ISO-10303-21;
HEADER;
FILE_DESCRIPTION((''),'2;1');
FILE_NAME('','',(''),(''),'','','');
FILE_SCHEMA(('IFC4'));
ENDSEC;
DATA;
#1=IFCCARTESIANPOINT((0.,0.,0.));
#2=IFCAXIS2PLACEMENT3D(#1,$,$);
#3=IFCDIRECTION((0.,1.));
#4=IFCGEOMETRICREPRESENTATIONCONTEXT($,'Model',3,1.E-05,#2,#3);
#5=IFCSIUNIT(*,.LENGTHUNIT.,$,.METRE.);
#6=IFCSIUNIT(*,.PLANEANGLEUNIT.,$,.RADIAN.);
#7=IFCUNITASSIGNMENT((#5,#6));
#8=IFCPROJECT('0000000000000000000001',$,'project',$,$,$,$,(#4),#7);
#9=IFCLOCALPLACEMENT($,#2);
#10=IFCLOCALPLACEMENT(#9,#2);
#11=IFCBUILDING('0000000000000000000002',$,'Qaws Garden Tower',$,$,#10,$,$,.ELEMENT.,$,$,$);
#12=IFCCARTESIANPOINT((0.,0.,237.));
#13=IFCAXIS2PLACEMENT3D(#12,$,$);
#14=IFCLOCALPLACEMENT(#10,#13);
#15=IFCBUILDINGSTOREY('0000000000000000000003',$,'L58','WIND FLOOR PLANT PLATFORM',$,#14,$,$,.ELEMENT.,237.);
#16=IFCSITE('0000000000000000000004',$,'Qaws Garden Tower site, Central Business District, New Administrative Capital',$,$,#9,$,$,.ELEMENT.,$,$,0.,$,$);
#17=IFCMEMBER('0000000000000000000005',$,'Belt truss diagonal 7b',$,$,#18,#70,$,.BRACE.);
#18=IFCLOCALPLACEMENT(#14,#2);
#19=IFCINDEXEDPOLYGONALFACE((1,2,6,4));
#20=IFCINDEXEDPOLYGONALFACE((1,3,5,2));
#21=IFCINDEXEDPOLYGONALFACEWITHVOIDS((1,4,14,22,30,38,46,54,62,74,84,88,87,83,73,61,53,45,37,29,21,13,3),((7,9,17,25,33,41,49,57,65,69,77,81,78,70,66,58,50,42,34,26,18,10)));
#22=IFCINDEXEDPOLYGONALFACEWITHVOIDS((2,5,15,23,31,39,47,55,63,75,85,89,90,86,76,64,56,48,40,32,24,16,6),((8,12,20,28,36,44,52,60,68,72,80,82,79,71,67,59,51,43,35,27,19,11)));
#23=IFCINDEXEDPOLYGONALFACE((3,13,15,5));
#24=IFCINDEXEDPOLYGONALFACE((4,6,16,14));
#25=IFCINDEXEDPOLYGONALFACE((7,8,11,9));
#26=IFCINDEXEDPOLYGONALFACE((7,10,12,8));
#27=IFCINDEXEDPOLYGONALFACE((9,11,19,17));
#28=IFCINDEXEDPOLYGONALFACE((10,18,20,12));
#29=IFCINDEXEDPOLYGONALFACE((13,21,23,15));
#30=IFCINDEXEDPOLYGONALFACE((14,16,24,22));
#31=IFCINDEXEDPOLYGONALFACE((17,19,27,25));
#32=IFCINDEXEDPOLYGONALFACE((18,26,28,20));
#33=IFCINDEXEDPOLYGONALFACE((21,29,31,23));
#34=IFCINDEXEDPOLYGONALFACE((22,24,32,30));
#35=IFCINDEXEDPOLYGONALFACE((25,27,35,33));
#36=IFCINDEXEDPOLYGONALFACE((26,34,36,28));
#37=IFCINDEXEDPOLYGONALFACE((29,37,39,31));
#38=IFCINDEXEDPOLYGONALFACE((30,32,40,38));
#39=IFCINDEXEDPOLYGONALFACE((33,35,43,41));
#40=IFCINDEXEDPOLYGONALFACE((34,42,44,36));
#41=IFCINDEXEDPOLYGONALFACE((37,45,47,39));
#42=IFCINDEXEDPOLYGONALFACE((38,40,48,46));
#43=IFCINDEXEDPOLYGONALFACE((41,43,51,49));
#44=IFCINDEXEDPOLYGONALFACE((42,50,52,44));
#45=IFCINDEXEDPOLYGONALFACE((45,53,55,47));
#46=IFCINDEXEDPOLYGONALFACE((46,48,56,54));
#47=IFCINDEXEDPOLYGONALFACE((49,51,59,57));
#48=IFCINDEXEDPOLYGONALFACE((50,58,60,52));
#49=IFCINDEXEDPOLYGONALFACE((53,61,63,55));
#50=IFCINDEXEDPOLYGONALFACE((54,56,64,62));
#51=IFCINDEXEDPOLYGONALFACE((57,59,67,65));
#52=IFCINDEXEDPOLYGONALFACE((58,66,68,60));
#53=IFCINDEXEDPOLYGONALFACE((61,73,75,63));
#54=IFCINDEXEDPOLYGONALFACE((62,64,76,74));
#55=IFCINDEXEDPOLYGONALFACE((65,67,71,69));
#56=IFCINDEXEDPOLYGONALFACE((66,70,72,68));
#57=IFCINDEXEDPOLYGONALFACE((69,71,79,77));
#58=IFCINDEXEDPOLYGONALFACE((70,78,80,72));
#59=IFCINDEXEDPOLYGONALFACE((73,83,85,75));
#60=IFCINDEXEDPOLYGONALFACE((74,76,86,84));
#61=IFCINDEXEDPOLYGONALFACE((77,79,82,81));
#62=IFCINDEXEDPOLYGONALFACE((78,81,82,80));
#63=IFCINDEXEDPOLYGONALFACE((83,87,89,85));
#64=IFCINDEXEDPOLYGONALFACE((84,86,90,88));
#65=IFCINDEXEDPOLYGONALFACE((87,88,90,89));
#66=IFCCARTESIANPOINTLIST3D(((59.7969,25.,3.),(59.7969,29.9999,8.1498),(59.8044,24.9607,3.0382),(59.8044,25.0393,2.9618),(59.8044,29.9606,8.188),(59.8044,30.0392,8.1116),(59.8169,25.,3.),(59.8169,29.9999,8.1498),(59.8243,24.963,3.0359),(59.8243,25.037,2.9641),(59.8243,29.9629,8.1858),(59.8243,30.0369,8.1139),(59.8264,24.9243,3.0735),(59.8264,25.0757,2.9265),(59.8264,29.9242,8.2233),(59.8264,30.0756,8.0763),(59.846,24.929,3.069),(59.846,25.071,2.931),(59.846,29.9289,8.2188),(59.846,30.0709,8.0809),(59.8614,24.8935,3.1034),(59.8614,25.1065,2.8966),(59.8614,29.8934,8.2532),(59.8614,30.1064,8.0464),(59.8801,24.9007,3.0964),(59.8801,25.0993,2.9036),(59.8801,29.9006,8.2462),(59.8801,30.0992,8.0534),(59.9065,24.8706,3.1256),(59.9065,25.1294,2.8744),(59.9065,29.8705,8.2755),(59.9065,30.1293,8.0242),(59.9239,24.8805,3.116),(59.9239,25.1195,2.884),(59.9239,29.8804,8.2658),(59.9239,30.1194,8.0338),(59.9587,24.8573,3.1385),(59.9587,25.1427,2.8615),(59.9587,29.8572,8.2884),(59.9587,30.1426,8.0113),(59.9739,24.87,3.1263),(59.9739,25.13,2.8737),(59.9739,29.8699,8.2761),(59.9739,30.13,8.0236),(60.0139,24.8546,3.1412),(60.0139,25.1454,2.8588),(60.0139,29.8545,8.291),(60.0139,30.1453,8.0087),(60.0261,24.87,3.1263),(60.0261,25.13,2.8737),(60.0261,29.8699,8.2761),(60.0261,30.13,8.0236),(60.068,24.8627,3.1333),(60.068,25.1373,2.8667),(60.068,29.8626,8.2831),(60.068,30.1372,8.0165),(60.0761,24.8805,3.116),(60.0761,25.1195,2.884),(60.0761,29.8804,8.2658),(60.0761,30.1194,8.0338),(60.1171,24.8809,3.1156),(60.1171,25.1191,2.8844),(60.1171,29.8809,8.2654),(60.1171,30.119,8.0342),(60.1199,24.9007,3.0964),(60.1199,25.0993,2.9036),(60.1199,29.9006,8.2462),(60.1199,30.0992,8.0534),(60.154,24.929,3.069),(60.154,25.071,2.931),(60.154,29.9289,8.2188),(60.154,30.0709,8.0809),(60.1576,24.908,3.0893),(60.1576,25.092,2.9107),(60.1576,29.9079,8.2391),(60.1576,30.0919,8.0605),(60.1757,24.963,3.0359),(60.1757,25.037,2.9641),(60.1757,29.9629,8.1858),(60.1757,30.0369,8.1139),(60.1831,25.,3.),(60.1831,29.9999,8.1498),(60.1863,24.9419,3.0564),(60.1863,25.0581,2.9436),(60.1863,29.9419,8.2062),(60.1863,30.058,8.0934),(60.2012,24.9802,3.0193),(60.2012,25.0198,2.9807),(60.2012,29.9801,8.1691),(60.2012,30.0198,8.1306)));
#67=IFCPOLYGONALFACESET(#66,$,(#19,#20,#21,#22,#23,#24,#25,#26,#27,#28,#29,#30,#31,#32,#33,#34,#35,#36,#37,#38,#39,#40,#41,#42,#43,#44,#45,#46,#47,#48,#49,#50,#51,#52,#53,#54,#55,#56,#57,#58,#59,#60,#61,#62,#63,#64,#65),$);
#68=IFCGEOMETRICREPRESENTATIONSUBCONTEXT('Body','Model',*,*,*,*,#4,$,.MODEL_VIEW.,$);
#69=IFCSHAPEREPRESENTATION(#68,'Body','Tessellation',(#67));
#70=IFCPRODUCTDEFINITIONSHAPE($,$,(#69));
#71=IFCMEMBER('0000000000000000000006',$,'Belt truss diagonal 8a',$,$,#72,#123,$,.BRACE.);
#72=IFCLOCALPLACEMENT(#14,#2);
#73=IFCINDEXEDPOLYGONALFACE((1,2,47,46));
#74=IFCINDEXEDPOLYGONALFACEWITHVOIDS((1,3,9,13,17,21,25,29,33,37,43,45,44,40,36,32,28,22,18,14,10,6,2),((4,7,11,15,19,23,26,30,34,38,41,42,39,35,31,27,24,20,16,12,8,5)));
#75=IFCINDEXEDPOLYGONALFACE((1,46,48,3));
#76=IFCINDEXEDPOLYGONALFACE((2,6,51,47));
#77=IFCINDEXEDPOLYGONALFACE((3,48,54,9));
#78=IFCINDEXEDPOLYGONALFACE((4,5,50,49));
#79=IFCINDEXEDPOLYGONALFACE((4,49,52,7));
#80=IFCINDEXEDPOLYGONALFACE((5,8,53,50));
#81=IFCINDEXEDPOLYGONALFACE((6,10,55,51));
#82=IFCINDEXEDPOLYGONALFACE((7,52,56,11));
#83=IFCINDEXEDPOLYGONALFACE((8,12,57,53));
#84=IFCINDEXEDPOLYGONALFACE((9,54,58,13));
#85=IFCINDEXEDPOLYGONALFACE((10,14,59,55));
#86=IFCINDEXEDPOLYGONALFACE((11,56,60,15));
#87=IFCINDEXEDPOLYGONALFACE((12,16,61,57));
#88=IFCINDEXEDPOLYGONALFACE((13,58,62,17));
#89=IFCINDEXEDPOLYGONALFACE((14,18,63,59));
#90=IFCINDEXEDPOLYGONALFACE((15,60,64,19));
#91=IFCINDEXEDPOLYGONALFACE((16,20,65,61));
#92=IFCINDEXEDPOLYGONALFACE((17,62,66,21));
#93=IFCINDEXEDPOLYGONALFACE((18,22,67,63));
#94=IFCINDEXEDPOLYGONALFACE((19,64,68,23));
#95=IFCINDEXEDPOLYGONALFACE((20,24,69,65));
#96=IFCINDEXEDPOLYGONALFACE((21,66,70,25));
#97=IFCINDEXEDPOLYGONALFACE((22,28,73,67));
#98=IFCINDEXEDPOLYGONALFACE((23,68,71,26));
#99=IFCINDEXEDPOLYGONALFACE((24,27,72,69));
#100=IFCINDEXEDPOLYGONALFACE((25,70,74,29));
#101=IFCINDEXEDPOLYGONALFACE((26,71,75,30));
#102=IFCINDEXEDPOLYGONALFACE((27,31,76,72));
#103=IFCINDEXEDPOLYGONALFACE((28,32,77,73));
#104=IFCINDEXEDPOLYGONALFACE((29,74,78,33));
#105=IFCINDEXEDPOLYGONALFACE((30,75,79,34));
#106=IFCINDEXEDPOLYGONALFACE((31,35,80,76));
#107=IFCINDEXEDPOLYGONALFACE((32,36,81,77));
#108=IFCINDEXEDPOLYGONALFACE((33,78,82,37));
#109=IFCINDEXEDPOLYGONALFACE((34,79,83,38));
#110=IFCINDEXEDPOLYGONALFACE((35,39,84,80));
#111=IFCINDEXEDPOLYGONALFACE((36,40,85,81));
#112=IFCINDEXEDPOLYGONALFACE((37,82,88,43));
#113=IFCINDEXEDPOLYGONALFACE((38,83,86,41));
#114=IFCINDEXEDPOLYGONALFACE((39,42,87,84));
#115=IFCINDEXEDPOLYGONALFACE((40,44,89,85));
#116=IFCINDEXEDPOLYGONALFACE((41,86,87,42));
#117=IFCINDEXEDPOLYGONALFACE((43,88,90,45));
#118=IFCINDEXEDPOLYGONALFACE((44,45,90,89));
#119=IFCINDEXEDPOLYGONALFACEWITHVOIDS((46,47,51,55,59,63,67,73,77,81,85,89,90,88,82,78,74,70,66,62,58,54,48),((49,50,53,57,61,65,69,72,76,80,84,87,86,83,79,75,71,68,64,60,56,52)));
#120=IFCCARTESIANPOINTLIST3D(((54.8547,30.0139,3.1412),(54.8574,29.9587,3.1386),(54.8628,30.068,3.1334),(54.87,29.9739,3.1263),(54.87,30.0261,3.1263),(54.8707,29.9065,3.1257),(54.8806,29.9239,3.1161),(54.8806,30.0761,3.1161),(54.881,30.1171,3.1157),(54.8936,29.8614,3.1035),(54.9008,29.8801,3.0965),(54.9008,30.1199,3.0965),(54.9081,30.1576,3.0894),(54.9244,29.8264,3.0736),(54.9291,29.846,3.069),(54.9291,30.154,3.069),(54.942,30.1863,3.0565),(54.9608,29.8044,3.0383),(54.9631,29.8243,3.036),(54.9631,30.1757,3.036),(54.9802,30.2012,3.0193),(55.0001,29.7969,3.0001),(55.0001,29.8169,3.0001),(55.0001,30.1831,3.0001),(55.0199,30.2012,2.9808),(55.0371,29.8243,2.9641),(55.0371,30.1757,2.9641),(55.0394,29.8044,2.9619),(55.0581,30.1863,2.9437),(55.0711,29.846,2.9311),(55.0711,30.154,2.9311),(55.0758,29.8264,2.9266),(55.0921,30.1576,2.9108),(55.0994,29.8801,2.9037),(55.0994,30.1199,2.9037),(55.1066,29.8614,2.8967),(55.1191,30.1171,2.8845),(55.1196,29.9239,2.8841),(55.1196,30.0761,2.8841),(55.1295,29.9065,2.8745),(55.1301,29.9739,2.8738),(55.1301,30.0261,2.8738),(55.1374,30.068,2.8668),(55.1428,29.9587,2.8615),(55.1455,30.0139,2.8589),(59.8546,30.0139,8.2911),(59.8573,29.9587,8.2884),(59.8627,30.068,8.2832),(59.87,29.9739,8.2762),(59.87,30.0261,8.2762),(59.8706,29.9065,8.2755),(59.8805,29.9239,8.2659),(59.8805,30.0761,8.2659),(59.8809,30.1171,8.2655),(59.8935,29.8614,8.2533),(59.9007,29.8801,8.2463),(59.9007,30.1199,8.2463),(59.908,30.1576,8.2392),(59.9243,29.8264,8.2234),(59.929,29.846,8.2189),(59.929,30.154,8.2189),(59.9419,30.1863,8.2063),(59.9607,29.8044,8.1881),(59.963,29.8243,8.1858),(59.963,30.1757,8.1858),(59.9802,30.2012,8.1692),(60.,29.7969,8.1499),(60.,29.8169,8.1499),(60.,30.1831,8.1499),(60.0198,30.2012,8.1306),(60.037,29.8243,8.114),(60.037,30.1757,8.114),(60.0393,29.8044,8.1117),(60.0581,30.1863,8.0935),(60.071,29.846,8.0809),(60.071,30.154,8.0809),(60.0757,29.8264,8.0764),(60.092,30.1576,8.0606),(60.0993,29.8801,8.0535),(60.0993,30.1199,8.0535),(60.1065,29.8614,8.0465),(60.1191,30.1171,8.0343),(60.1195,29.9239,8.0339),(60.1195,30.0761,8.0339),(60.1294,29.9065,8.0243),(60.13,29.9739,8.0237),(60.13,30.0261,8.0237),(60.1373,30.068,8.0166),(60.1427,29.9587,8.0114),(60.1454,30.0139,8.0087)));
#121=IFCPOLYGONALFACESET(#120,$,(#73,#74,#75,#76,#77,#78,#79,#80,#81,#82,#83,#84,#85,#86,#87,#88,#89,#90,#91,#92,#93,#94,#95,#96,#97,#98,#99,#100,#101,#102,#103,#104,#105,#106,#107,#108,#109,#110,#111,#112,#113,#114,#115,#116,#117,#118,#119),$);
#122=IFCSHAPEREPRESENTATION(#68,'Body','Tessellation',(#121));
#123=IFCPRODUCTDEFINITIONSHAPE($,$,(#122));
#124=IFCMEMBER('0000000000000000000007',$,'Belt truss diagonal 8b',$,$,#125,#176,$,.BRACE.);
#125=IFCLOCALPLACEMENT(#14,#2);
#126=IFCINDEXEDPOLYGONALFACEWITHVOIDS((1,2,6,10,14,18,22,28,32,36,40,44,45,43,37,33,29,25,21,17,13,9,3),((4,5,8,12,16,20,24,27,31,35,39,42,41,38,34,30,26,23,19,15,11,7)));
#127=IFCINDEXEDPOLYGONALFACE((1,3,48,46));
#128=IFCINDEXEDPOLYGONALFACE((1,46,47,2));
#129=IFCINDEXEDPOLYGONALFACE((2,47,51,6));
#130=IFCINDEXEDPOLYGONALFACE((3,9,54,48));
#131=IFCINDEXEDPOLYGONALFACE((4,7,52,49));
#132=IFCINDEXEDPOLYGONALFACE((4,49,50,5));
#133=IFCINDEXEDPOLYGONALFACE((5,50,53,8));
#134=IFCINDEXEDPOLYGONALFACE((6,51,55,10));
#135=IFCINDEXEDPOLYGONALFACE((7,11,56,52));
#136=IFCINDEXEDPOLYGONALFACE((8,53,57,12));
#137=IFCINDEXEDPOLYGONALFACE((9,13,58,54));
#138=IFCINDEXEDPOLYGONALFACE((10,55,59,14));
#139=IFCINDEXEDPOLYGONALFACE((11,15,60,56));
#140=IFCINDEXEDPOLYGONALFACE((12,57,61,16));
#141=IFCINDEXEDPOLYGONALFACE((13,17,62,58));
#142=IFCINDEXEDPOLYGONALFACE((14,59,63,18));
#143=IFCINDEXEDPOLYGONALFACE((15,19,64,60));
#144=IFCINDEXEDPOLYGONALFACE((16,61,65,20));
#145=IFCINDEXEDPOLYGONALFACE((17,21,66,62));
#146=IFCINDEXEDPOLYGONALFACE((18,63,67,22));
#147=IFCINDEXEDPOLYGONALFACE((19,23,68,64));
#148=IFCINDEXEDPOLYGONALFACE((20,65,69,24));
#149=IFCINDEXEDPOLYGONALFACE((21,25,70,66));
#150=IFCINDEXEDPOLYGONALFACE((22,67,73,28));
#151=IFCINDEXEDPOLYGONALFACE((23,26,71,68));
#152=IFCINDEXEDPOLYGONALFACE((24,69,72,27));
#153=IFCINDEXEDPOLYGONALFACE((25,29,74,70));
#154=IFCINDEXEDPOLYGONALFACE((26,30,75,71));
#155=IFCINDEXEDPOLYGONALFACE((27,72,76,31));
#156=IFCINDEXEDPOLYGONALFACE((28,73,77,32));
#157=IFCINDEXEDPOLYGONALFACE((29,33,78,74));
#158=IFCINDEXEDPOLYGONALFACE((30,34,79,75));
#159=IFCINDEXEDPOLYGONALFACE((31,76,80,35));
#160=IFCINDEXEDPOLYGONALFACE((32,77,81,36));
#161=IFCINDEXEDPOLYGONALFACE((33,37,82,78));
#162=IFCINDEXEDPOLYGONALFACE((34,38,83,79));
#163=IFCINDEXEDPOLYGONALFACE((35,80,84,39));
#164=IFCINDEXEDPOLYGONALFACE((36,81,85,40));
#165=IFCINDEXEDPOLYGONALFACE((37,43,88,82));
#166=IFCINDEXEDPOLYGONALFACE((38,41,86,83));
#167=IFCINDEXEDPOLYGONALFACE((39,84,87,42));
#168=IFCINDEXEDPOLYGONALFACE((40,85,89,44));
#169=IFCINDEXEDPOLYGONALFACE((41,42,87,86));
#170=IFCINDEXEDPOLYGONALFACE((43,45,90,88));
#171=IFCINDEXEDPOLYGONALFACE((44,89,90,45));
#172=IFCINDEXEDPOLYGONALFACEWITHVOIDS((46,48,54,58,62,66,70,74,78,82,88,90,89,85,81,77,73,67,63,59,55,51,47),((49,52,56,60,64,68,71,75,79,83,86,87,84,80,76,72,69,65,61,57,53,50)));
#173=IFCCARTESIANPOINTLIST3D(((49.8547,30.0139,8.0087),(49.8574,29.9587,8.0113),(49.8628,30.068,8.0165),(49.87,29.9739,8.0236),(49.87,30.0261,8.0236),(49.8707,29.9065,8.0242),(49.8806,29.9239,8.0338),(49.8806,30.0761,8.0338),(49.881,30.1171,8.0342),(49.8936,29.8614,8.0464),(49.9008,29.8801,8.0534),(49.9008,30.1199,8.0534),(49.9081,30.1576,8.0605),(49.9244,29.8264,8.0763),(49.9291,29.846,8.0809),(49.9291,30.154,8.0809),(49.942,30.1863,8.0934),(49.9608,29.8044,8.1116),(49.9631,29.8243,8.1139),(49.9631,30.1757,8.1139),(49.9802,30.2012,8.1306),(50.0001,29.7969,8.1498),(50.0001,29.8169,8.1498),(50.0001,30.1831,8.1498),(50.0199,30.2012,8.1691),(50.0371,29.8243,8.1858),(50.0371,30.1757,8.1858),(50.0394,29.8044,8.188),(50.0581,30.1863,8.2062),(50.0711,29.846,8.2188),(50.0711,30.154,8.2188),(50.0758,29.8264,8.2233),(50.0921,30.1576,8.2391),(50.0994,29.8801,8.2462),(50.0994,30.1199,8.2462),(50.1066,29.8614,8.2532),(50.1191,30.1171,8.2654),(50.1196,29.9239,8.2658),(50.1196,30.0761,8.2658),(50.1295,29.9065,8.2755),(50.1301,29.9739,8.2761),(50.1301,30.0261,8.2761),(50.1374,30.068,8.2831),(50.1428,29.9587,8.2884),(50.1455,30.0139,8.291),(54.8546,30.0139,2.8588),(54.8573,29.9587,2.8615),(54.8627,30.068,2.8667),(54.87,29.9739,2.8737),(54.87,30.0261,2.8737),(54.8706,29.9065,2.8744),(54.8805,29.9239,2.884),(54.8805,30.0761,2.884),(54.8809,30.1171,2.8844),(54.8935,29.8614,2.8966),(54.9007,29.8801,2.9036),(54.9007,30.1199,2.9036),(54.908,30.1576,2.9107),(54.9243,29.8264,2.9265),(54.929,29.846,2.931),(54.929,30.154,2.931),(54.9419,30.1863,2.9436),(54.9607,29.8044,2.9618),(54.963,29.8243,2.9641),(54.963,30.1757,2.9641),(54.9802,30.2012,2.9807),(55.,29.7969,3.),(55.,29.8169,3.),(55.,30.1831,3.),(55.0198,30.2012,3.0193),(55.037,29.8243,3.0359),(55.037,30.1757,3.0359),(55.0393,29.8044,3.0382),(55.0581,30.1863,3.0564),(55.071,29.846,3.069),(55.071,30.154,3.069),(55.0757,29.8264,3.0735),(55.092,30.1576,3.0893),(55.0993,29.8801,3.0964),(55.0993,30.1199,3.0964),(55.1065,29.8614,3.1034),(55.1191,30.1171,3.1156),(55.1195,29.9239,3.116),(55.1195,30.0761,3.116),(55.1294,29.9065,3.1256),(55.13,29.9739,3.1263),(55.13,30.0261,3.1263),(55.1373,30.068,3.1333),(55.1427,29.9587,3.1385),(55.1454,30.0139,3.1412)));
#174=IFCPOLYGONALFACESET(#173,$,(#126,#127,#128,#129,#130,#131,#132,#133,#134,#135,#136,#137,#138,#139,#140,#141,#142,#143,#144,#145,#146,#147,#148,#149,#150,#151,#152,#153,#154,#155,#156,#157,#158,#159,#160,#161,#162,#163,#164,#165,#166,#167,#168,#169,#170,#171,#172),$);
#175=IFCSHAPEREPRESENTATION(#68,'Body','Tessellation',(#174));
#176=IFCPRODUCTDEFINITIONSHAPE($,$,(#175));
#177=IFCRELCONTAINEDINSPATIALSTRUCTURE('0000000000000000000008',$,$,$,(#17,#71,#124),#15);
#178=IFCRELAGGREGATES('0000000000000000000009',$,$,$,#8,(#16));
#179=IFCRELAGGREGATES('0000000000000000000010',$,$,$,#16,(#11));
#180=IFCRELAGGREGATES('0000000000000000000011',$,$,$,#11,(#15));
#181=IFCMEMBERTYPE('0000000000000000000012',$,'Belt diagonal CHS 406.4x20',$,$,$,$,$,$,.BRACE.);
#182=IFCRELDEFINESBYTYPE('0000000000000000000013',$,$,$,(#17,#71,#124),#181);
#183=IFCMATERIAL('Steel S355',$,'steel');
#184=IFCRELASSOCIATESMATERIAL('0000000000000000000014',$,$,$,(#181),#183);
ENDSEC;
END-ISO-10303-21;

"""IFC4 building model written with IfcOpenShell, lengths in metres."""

from ifc_helpers import new_model, si_unit, direction, frame, origin, origin_2d, place, context, subcontext, project, spatial, hollow_circle, extrude, material, material_profile, profile_set, type_object, element, save


model = new_model("IFC4")

# Units and contexts
model_context = context("Model", 3, precision=1e-05, world=origin(), true_north=direction((0.0, 1.0)))
body_context = subcontext(model_context, "Body", "Model", "MODEL_VIEW")
ifc_project = project(units=[si_unit("LENGTHUNIT", "METRE"), si_unit("PLANEANGLEUNIT", "RADIAN")], contexts=[model_context])

# Site, building, storey
site_placement = place(None, origin())
site = spatial("IfcSite", under=ifc_project, at=site_placement, Name="Qaws Garden Tower site, Central Business District, New Administrative Capital", CompositionType="ELEMENT", RefElevation=0.0)
building_placement = place(site_placement, origin())
building = spatial("IfcBuilding", under=site, at=building_placement, Name="Qaws Garden Tower", CompositionType="ELEMENT")
storey_placement = place(building_placement, frame((0.0, 0.0, 237.0)))
storey = spatial("IfcBuildingStorey", under=building, at=storey_placement, Name="L58", Description="WIND FLOOR PLANT PLATFORM", CompositionType="ELEMENT", Elevation=237.0)

# Members
ifc_material_1 = material(Name="Steel S355", Category="steel")
ifc_material_profile_1 = material_profile(ifc_material_1, hollow_circle(Radius=0.2031, WallThickness=0.02, at=origin_2d()), Name="CHS 406.4x20")
ifc_profile_set_1 = profile_set([ifc_material_profile_1], Name="Steel S355")
member_type_1 = type_object("IfcMemberType", Name="Belt diagonal CHS 406.4x20", PredefinedType="BRACE", material=ifc_profile_set_1)
for number, where, z_axis, x_axis, name in (
    (1, (60.0, 25.0, 3.0), (0.0, 0.696588, 0.717472), (-1.0, 0.0, 0.0), "Belt truss diagonal 7b"),
    (2, (60.0, 30.0, 8.1499), (-0.696588, 0.0, -0.717472), (0.0, -1.0, 0.0), "Belt truss diagonal 8a"),
    (3, (55.0, 30.0, 3.0), (-0.696588, 0.0, 0.717472), (0.0, -1.0, 0.0), "Belt truss diagonal 8b"),
):
    element("IfcMember", number, at=place(storey_placement, frame(where, z_axis=z_axis, x_axis=x_axis)), inside=storey, type_object=member_type_1, Name=name, PredefinedType="BRACE", context=body_context, shape_type="SweptSolid", body=[
        extrude(hollow_circle(Radius=0.2031, WallThickness=0.02, at=origin_2d()), origin(), (0.0, 0.0, 1.0), 7.1777),
    ])

save(model, "model.ifc")
